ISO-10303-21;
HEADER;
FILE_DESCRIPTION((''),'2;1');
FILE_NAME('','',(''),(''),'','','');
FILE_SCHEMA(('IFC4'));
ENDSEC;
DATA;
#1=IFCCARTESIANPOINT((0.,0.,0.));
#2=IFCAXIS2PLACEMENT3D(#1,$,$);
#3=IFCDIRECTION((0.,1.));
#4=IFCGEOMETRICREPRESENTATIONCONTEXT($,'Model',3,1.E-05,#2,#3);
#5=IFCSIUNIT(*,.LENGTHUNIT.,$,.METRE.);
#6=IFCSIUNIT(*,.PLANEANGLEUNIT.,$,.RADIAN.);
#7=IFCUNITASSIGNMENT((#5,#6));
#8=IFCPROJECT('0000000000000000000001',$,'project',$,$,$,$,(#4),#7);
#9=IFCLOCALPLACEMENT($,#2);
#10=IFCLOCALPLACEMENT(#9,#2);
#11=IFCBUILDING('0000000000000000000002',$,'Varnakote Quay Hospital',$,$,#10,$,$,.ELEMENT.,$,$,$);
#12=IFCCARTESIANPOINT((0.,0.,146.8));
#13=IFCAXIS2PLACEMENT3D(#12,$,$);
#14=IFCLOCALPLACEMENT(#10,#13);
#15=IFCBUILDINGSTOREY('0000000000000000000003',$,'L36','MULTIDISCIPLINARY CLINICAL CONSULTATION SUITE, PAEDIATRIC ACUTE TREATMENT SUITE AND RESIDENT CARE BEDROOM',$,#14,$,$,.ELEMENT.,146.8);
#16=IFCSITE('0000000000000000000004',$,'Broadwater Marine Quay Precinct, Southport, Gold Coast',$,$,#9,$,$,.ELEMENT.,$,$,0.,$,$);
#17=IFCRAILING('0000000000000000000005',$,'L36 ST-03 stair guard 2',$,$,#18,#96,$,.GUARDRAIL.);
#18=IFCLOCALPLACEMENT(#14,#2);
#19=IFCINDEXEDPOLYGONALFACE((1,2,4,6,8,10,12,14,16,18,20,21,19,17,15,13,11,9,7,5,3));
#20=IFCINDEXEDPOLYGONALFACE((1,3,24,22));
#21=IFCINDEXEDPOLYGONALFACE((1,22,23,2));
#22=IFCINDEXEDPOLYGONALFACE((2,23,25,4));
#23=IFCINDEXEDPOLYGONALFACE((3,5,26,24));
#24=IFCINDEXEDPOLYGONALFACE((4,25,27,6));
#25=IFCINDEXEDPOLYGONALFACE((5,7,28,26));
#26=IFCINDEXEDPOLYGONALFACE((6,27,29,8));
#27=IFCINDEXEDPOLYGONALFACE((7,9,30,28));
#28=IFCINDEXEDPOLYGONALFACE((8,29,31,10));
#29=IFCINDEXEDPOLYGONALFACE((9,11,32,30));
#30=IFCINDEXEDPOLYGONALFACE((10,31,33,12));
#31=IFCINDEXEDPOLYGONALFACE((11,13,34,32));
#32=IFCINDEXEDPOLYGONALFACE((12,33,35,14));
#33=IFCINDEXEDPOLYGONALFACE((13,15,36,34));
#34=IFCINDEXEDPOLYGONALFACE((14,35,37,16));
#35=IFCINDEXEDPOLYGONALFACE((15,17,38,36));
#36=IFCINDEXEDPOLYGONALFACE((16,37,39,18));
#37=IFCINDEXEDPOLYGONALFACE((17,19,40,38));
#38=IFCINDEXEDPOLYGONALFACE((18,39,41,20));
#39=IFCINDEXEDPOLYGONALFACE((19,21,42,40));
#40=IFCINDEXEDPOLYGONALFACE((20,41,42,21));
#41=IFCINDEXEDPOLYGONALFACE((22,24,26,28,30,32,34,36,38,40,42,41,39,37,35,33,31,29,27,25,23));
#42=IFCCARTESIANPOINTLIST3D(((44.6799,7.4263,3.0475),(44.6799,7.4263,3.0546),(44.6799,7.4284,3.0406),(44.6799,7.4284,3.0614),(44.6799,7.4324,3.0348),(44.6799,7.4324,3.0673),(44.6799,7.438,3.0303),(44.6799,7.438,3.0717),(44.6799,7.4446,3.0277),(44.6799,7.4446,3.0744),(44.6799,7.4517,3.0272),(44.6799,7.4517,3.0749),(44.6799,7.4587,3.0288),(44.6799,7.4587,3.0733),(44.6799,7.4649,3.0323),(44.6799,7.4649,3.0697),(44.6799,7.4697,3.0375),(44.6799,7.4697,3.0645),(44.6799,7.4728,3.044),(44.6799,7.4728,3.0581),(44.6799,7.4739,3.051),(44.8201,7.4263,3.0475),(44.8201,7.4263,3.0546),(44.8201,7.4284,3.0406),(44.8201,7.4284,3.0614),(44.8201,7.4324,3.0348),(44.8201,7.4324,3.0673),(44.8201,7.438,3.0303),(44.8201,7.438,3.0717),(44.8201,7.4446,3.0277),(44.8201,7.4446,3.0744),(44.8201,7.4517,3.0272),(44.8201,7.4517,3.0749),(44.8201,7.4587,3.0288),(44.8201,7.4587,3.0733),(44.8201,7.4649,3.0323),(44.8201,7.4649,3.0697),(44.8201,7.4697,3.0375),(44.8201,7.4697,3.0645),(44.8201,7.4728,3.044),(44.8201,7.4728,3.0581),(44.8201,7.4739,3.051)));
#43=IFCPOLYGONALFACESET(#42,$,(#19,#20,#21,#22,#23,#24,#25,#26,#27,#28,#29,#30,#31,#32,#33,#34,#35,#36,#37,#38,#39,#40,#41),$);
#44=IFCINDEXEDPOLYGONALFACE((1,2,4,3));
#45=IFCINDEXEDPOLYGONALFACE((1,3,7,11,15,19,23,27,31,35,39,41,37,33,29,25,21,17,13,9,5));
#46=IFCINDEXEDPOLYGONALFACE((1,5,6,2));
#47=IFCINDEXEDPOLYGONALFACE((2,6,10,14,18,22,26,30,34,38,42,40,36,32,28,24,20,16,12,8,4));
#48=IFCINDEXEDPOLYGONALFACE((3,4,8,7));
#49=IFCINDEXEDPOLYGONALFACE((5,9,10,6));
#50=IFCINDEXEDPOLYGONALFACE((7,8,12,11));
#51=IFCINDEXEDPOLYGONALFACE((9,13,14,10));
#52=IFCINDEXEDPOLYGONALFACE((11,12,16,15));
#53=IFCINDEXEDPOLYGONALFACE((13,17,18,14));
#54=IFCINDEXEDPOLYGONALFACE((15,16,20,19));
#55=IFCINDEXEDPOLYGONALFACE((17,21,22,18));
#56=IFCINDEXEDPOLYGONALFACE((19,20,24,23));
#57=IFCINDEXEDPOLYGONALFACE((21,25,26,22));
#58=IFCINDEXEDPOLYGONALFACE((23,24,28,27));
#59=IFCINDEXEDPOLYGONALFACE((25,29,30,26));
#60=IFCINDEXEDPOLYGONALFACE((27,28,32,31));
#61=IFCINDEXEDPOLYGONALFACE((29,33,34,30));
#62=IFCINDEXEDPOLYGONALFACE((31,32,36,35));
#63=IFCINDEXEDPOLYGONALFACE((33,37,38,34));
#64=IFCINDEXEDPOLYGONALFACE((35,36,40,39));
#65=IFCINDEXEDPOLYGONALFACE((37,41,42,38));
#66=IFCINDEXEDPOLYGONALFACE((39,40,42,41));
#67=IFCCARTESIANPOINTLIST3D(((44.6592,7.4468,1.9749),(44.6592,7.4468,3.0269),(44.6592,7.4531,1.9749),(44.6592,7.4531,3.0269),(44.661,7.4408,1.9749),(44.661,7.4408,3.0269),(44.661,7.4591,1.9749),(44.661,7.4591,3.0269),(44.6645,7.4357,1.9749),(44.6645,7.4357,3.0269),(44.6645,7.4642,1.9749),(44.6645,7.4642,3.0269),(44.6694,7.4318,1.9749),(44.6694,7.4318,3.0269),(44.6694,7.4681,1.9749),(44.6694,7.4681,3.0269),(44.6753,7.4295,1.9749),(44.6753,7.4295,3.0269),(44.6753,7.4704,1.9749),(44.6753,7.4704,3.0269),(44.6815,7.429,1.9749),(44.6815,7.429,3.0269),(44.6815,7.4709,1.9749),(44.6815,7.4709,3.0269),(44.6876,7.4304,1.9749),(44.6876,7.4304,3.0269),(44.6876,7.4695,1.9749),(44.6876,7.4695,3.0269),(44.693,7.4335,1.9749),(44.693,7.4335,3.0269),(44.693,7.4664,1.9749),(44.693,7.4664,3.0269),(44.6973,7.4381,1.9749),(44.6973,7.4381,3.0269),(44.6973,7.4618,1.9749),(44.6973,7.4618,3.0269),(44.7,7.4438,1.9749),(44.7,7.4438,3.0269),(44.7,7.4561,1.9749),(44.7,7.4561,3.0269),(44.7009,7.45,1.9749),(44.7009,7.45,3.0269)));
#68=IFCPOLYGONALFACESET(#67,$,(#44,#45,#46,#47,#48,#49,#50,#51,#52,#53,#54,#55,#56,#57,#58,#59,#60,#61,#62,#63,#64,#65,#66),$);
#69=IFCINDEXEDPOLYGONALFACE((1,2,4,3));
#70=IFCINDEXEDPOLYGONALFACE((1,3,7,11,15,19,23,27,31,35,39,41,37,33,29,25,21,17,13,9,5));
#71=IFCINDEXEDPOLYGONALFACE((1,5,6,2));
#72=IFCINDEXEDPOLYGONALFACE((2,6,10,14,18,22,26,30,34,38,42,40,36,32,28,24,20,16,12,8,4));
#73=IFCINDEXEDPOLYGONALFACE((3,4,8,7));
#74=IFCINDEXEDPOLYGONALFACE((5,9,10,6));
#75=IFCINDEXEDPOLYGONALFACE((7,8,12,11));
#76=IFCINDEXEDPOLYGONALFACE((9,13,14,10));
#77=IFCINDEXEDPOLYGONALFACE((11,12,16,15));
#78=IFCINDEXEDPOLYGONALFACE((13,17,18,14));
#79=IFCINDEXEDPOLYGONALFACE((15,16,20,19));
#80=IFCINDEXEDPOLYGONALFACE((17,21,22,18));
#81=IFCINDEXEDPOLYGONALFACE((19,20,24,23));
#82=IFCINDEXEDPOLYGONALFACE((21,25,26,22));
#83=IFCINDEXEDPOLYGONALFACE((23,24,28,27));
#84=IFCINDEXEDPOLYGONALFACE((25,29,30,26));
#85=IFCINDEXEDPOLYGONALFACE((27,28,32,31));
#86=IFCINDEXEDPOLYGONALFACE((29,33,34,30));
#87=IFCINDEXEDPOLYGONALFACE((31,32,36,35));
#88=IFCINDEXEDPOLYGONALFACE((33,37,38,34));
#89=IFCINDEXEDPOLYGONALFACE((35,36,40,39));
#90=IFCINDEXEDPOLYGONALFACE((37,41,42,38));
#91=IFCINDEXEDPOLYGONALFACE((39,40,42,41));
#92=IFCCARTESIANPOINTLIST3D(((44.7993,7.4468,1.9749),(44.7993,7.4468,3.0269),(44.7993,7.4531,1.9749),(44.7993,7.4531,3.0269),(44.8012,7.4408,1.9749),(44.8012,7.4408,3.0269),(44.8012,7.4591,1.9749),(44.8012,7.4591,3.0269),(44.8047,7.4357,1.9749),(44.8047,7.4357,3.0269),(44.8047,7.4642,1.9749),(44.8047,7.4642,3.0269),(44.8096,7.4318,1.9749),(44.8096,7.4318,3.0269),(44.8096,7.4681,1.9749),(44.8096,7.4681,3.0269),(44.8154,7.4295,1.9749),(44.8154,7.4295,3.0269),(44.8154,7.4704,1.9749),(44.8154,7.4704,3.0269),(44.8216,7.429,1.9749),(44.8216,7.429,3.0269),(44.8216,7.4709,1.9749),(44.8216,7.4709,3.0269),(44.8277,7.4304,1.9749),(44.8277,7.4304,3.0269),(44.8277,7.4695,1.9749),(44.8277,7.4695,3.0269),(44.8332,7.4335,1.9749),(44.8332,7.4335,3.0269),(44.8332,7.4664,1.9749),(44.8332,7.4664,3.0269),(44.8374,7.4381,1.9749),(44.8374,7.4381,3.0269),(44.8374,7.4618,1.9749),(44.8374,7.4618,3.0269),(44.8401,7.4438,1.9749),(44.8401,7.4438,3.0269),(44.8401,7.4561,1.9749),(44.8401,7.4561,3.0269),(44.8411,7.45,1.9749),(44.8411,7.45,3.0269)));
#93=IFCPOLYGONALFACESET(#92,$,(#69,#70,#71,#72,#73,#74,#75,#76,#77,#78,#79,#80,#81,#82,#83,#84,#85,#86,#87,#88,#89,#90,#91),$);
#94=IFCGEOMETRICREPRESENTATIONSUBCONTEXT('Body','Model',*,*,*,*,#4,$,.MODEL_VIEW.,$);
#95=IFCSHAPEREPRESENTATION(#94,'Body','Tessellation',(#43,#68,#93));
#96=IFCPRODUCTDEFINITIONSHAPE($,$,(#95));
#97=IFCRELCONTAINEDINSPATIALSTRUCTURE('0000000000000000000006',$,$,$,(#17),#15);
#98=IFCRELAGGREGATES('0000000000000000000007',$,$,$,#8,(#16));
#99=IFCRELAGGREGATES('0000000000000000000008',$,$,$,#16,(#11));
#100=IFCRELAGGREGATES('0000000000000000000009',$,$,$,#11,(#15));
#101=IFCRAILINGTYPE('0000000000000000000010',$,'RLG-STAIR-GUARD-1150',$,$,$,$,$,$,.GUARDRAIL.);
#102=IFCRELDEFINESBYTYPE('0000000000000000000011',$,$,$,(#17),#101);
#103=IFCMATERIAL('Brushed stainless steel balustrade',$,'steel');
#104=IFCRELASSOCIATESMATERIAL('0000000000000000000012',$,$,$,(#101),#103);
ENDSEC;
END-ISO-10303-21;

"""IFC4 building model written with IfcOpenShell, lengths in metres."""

from ifc_helpers import new_model, si_unit, direction, frame, origin, origin_2d, place, context, subcontext, project, spatial, circle, extrude, material, type_object, element, save


model = new_model("IFC4")

# Units and contexts
model_context = context("Model", 3, precision=1e-05, world=origin(), true_north=direction((0.0, 1.0)))
body_context = subcontext(model_context, "Body", "Model", "MODEL_VIEW")
ifc_project = project(units=[si_unit("LENGTHUNIT", "METRE"), si_unit("PLANEANGLEUNIT", "RADIAN")], contexts=[model_context])

# Site, building, storey
site_placement = place(None, origin())
site = spatial("IfcSite", under=ifc_project, at=site_placement, Name="Broadwater Marine Quay Precinct, Southport, Gold Coast", CompositionType="ELEMENT", RefElevation=0.0)
building_placement = place(site_placement, origin())
building = spatial("IfcBuilding", under=site, at=building_placement, Name="Varnakote Quay Hospital", CompositionType="ELEMENT")
storey_placement = place(building_placement, frame((0.0, 0.0, 146.8)))
storey = spatial("IfcBuildingStorey", under=building, at=storey_placement, Name="L36", Description="MULTIDISCIPLINARY CLINICAL CONSULTATION SUITE, PAEDIATRIC ACUTE TREATMENT SUITE AND RESIDENT CARE BEDROOM", CompositionType="ELEMENT", Elevation=146.8)

# Railing
ifc_material_1 = material(Name="Brushed stainless steel balustrade", Category="steel")
railing_type_1 = type_object("IfcRailingType", Name="RLG-STAIR-GUARD-1150", PredefinedType="GUARDRAIL", material=ifc_material_1)
railing_1_placement = place(storey_placement, frame((44.6799, 7.45, 1.9749)))
element("IfcRailing", 1, at=railing_1_placement, inside=storey, type_object=railing_type_1, Name="L36 ST-03 stair guard 2", PredefinedType="GUARDRAIL", context=body_context, shape_type="SweptSolid", body=[
    extrude(circle(Radius=0.0239, at=origin_2d()), frame((0.0, 0.0, 1.0762), z_axis=(1.0, 0.0, 0.0), x_axis=(0.0, 1.0, 0.0)), (0.0, 0.0, 1.0), 0.1401),
    extrude(circle(Radius=0.021, at=origin_2d()), origin(), (0.0, 0.0, 1.0), 1.052),
    extrude(circle(Radius=0.021, at=origin_2d()), frame((0.1401, 0.0, 0.0)), (0.0, 0.0, 1.0), 1.052),
])

save(model, "model.ifc")
